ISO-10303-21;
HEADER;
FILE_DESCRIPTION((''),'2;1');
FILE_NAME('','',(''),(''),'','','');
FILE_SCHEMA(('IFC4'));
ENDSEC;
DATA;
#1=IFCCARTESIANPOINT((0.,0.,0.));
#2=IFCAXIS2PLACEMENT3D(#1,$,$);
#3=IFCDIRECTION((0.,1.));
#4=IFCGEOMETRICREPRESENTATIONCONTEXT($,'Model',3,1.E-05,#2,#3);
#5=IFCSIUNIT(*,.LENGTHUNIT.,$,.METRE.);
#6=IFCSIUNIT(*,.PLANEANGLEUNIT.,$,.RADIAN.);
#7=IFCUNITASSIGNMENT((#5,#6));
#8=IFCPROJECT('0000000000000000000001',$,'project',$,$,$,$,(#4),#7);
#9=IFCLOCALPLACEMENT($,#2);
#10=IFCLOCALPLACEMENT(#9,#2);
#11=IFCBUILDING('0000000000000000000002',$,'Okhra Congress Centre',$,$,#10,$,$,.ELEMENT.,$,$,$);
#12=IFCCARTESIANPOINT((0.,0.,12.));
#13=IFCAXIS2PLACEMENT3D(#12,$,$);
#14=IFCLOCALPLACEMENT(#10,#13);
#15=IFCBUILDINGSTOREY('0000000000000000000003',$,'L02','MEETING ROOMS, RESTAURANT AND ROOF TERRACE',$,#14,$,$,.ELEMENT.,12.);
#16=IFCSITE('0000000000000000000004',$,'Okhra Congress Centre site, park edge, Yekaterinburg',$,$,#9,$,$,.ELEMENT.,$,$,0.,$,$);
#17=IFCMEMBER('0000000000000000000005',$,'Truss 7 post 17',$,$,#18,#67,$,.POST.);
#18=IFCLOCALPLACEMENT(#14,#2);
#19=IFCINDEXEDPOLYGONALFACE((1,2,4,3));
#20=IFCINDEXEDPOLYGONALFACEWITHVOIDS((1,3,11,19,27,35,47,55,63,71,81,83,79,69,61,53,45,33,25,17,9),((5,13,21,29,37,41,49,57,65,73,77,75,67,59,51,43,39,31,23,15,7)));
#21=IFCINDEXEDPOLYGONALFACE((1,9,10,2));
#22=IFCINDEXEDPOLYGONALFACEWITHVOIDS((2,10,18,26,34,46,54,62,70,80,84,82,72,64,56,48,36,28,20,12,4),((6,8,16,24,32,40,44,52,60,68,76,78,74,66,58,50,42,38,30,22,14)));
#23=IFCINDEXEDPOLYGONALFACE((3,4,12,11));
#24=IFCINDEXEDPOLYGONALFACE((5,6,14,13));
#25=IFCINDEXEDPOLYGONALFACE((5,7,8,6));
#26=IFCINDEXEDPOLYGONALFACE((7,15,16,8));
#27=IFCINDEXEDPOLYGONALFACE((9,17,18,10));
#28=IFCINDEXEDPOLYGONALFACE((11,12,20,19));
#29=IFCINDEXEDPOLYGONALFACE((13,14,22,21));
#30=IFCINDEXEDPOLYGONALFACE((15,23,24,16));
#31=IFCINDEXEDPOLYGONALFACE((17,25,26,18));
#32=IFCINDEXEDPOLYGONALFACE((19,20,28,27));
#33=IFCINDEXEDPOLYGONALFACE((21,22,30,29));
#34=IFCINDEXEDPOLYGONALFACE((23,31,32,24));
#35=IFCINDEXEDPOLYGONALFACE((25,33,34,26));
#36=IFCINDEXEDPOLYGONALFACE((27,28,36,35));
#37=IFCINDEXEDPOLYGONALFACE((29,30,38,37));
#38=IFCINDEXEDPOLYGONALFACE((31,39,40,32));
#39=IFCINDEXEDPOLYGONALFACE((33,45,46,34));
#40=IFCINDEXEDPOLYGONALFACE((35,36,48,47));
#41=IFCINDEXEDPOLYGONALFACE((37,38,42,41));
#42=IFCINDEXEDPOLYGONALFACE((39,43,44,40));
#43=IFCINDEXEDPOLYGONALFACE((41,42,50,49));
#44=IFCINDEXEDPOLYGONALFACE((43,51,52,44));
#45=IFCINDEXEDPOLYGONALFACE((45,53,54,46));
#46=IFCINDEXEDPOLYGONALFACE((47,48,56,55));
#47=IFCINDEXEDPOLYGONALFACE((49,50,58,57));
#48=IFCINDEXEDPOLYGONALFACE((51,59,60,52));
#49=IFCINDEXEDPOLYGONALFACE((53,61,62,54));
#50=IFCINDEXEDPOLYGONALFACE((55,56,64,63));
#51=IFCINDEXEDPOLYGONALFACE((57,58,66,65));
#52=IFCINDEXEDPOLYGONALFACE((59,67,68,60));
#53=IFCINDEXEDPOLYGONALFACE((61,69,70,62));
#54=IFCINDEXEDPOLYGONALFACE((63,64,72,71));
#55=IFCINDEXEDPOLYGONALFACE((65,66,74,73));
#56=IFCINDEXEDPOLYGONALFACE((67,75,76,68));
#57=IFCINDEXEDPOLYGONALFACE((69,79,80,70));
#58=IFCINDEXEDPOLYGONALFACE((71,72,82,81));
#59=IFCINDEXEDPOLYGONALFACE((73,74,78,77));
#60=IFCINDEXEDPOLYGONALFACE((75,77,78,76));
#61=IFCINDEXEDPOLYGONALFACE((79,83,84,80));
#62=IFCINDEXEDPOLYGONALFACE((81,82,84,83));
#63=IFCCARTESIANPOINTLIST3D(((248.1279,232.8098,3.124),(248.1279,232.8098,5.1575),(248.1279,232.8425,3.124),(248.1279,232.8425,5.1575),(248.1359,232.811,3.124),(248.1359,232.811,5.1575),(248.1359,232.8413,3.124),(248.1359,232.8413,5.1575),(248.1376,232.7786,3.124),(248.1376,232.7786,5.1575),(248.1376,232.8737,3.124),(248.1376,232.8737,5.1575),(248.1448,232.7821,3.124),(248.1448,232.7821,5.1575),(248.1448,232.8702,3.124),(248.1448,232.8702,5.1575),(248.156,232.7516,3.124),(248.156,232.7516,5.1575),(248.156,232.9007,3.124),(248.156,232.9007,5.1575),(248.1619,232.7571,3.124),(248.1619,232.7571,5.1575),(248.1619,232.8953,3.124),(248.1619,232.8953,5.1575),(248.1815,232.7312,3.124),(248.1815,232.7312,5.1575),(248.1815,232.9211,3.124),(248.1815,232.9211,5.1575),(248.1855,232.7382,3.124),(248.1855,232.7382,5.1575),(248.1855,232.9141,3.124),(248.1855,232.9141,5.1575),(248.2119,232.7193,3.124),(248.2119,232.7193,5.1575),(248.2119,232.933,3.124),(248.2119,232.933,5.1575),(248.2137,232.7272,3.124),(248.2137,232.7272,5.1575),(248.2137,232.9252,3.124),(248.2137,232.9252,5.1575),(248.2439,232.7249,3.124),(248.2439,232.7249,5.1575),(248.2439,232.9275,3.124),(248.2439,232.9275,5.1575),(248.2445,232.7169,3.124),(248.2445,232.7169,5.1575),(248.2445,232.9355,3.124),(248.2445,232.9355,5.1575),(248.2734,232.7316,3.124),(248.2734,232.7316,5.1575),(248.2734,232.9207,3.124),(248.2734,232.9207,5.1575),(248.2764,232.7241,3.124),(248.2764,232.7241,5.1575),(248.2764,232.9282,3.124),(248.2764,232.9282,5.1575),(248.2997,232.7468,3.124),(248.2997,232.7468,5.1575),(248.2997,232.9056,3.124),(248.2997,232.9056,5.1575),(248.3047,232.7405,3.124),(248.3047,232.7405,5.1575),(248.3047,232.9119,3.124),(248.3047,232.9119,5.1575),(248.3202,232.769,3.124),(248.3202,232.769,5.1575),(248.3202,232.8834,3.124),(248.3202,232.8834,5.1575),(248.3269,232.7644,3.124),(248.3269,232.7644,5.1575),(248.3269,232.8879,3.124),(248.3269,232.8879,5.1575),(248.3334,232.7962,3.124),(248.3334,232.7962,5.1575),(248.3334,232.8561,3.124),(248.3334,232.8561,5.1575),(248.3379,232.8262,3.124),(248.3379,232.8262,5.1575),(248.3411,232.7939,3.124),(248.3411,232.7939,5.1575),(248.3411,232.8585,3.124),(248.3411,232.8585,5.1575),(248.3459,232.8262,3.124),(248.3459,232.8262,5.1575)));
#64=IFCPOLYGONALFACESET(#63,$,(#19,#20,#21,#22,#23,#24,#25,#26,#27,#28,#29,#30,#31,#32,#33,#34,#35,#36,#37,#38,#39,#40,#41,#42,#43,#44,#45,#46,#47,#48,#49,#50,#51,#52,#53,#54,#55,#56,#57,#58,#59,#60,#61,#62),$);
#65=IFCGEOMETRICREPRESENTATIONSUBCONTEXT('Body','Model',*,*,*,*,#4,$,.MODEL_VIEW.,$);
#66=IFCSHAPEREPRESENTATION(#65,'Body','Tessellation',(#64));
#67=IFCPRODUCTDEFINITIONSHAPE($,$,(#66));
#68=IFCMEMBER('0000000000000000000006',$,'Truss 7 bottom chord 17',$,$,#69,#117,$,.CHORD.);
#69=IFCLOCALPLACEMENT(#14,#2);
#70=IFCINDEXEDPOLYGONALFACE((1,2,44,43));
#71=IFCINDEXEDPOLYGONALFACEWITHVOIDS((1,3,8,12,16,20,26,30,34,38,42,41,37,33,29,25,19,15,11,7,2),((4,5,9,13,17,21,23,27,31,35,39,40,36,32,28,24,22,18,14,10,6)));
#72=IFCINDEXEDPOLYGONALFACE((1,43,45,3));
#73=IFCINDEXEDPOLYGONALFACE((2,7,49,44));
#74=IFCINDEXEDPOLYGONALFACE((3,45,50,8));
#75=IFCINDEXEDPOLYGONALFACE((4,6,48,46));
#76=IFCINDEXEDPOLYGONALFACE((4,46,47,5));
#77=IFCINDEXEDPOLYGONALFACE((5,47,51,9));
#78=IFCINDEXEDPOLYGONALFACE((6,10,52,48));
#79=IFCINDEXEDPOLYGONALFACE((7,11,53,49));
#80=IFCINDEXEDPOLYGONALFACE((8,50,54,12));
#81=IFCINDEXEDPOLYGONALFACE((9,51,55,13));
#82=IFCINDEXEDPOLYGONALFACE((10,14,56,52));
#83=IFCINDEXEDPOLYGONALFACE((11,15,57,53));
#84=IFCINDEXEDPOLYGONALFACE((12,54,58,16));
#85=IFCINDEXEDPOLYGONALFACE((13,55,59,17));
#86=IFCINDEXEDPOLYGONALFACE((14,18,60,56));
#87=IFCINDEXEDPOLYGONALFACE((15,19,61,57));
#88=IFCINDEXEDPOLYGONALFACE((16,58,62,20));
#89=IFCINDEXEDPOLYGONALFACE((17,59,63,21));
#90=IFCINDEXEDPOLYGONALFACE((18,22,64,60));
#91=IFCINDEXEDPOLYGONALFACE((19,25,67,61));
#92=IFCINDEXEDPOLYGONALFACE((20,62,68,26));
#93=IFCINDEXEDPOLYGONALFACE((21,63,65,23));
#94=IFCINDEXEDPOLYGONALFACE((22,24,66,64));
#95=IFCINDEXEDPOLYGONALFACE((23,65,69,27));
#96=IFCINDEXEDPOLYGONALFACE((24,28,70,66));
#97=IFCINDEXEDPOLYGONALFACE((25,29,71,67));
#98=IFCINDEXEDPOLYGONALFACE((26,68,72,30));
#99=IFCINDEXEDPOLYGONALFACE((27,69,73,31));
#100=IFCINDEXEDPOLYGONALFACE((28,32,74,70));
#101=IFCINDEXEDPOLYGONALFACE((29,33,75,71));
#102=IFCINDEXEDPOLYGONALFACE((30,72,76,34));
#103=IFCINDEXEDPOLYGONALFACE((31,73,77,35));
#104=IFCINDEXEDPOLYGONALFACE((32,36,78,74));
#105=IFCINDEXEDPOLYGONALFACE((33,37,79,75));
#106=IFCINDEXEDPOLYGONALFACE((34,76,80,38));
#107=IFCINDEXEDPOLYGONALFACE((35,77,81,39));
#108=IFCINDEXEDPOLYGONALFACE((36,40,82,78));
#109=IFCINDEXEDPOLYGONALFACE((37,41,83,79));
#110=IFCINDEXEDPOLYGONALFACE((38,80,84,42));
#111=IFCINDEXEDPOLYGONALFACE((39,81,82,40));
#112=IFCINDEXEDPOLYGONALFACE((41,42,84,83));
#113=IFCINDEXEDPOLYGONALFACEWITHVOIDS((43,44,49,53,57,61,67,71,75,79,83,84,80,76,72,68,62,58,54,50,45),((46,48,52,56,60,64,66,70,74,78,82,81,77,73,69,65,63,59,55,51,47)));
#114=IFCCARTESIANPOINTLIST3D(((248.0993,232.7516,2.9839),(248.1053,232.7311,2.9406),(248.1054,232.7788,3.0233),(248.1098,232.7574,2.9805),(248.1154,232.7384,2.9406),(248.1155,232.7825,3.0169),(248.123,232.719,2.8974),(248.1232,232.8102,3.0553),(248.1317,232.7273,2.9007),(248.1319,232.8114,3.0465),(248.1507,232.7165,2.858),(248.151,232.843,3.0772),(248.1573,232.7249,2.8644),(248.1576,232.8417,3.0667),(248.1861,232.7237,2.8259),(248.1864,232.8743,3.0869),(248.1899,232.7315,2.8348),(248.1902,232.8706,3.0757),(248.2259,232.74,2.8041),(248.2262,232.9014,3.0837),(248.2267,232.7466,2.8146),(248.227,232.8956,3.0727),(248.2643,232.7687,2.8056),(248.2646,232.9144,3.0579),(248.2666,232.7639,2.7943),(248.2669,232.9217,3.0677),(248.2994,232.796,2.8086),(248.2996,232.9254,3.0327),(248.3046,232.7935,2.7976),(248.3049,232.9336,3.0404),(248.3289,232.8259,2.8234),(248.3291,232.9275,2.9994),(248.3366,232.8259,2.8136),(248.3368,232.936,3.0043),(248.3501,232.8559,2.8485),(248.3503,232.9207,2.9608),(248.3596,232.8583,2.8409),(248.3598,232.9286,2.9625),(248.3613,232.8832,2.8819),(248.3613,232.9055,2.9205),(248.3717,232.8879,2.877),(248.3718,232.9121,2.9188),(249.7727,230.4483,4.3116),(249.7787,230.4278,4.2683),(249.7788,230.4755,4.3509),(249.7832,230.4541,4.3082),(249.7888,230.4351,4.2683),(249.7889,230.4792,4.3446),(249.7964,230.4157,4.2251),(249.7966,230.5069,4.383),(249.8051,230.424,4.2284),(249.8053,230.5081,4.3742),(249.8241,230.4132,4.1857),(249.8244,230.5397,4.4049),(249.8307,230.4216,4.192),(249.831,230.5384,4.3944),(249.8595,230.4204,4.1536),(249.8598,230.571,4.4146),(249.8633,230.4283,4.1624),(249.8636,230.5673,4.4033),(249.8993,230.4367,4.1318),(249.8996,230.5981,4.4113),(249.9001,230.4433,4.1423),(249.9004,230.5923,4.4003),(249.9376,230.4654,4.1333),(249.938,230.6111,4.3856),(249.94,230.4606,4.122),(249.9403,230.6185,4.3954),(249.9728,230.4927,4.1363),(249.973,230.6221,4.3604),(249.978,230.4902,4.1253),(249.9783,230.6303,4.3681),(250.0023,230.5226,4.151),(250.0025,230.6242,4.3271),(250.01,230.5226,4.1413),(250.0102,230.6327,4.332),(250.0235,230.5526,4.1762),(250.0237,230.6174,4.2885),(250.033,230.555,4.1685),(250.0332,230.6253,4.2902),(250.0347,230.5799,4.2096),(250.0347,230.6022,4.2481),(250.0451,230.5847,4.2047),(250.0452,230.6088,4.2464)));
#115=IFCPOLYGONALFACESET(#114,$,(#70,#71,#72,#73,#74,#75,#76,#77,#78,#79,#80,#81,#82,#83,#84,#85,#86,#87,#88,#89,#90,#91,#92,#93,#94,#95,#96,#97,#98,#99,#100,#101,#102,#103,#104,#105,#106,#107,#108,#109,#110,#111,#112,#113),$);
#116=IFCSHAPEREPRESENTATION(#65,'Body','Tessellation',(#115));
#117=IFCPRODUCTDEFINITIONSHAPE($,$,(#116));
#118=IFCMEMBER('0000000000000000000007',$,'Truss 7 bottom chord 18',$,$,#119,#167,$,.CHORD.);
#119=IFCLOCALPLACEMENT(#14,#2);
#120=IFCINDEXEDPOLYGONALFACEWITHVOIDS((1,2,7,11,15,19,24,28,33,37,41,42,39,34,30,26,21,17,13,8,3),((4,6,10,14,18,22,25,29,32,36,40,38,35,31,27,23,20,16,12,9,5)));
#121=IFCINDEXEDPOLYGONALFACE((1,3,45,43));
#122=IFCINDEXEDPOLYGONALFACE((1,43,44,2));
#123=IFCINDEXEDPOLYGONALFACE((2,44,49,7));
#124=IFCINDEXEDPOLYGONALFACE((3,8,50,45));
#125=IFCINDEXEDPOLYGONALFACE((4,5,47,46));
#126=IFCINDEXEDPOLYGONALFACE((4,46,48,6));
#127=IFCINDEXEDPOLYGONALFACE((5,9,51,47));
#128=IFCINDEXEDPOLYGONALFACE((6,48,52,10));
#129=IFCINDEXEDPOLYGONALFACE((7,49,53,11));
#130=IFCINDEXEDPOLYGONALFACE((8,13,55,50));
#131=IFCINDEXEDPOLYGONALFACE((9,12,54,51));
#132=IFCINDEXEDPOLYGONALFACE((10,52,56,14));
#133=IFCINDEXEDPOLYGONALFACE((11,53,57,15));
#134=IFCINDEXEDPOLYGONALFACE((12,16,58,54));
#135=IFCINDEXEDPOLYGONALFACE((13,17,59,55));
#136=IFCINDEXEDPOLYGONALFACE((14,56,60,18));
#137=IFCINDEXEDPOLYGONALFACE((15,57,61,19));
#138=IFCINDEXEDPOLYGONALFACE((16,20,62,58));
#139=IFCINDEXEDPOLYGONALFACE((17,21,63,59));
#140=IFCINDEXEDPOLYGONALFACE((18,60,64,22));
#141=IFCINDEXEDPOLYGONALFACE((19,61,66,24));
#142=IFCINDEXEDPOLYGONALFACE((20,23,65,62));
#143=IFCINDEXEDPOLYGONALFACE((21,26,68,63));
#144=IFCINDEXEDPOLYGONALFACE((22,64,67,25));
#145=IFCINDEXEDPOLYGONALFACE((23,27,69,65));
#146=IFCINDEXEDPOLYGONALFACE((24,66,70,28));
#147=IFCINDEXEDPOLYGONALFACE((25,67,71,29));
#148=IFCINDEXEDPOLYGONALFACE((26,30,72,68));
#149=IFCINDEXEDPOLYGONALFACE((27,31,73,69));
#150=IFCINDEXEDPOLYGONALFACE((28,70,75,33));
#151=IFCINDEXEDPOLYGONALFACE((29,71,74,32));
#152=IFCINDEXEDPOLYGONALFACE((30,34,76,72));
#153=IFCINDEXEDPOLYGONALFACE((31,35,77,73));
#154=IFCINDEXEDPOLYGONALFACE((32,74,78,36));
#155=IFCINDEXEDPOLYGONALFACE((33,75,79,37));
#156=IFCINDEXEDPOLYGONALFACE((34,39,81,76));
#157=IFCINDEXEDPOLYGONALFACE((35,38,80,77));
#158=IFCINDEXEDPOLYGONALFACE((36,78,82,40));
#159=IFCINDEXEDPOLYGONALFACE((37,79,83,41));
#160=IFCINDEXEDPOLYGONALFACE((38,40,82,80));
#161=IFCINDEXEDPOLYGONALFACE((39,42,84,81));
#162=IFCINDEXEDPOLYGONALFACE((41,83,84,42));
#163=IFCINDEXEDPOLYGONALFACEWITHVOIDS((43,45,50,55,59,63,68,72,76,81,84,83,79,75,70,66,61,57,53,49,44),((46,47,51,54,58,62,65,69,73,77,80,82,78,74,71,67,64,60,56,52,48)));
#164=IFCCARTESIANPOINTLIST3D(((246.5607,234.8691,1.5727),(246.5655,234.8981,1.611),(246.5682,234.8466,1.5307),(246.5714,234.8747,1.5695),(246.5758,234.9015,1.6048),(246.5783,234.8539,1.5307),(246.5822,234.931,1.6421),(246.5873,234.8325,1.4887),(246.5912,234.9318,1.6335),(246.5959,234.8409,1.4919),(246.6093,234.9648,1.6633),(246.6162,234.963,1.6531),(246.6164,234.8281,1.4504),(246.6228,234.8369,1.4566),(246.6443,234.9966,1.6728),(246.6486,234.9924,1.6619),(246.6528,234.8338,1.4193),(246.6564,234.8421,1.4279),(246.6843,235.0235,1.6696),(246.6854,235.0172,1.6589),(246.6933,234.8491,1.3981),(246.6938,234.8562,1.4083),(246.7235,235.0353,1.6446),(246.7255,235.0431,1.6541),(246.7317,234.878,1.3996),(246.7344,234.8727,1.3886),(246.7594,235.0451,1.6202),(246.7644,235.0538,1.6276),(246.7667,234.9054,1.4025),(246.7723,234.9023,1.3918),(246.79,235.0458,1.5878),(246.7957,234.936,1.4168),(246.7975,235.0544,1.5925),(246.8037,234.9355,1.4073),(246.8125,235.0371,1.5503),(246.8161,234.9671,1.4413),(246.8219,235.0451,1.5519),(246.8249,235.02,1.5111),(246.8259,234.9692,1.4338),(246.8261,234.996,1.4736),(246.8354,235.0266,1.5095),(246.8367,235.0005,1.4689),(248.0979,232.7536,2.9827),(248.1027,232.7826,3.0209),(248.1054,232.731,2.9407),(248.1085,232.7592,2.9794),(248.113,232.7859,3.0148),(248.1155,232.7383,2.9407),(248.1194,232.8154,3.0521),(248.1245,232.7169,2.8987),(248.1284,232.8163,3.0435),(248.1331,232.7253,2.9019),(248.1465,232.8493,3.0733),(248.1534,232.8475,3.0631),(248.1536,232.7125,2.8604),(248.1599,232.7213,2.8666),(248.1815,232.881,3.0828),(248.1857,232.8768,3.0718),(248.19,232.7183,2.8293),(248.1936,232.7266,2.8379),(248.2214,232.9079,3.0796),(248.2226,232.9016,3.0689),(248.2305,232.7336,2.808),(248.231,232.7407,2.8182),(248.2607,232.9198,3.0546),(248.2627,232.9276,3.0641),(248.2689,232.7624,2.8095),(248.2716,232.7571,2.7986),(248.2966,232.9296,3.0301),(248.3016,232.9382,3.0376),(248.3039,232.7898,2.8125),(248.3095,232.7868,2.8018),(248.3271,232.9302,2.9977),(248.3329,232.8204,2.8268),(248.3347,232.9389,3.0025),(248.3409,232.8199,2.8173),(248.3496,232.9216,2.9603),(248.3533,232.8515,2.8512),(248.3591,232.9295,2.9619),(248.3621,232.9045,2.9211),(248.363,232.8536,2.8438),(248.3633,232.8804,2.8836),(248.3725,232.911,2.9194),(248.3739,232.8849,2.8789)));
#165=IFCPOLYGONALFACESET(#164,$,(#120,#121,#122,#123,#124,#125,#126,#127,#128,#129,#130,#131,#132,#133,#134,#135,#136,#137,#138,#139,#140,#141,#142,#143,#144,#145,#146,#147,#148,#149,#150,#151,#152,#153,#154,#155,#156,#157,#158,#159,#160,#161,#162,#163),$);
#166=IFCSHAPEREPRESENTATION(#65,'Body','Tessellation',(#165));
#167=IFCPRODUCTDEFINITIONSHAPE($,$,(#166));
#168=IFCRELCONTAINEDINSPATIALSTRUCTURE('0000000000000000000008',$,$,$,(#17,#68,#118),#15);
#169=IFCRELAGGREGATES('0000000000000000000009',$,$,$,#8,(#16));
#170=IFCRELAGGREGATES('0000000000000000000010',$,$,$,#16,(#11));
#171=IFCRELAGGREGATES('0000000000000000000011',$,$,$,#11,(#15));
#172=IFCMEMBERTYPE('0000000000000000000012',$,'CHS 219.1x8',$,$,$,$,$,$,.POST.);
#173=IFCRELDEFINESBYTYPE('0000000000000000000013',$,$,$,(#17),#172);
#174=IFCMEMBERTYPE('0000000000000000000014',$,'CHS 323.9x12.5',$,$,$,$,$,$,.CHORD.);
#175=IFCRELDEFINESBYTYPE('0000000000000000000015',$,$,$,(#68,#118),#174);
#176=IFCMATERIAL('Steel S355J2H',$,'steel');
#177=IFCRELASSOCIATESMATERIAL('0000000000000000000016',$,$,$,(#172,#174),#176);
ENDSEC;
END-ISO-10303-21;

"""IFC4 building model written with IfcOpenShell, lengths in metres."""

from ifc_helpers import new_model, si_unit, direction, frame, origin, origin_2d, place, context, subcontext, project, spatial, hollow_circle, extrude, material, material_profile, profile_set, type_object, element, save


model = new_model("IFC4")

# Units and contexts
model_context = context("Model", 3, precision=1e-05, world=origin(), true_north=direction((0.0, 1.0)))
body_context = subcontext(model_context, "Body", "Model", "MODEL_VIEW")
ifc_project = project(units=[si_unit("LENGTHUNIT", "METRE"), si_unit("PLANEANGLEUNIT", "RADIAN")], contexts=[model_context])

# Site, building, storey
site_placement = place(None, origin())
site = spatial("IfcSite", under=ifc_project, at=site_placement, Name="Okhra Congress Centre site, park edge, Yekaterinburg", CompositionType="ELEMENT", RefElevation=0.0)
building_placement = place(site_placement, origin())
building = spatial("IfcBuilding", under=site, at=building_placement, Name="Okhra Congress Centre", CompositionType="ELEMENT")
storey_placement = place(building_placement, frame((0.0, 0.0, 12.0)))
storey = spatial("IfcBuildingStorey", under=building, at=storey_placement, Name="L02", Description="MEETING ROOMS, RESTAURANT AND ROOF TERRACE", CompositionType="ELEMENT", Elevation=12.0)

# Members
ifc_material_1 = material(Name="Steel S355J2H", Category="steel")
ifc_material_profile_1 = material_profile(ifc_material_1, hollow_circle(Radius=0.1096, WallThickness=0.0081, at=origin_2d()), Name="CHS 219.1x8")
ifc_profile_set_1 = profile_set([ifc_material_profile_1], Name="Steel S355J2H")
member_type_1 = type_object("IfcMemberType", Name="CHS 219.1x8", PredefinedType="POST", material=ifc_profile_set_1)
member_1_placement = place(storey_placement, frame((248.2363, 232.8262, 3.124), z_axis=(0.0, 0.0, 1.0), x_axis=(1.0, 0.0, 0.0)))
element("IfcMember", 1, at=member_1_placement, inside=storey, type_object=member_type_1, Name="Truss 7 post 17", PredefinedType="POST", context=body_context, shape_type="SweptSolid", body=[
    extrude(hollow_circle(Radius=0.1096, WallThickness=0.0081, at=origin_2d()), origin(), (0.0, 0.0, 1.0), 2.0334),
])
ifc_material_profile_2 = material_profile(ifc_material_1, hollow_circle(Radius=0.1619, WallThickness=0.0125, at=origin_2d()), Name="CHS 323.9x12.5")
ifc_profile_set_2 = profile_set([ifc_material_profile_2], Name="Steel S355J2H")
member_type_2 = type_object("IfcMemberType", Name="CHS 323.9x12.5", PredefinedType="CHORD", material=ifc_profile_set_2)
member_2_placement = place(storey_placement, frame((249.9097, 230.5229, 4.2683), z_axis=(-0.532697, 0.733216, -0.422645), x_axis=(-0.809025, -0.587774, 0.0)))
element("IfcMember", 2, at=member_2_placement, inside=storey, type_object=member_type_2, Name="Truss 7 bottom chord 17", PredefinedType="CHORD", context=body_context, shape_type="SweptSolid", body=[
    extrude(hollow_circle(Radius=0.1619, WallThickness=0.0125, at=origin_2d()), origin(), (0.0, 0.0, 1.0), 3.1414),
])
for number, where, z_axis, x_axis, name in (
    (3, (248.2363, 232.8262, 2.9407), (-0.517401, 0.712084, -0.474586), (-0.808994, -0.587816, 0.0), "Truss 7 bottom chord 18"),
):
    element("IfcMember", number, at=place(storey_placement, frame(where, z_axis=z_axis, x_axis=x_axis)), inside=storey, type_object=member_type_2, Name=name, PredefinedType="CHORD", context=body_context, shape_type="SweptSolid", body=[
        extrude(hollow_circle(Radius=0.1619, WallThickness=0.0125, at=origin_2d()), origin(), (0.0, 0.0, 1.0), 2.9709),
    ])

save(model, "model.ifc")
